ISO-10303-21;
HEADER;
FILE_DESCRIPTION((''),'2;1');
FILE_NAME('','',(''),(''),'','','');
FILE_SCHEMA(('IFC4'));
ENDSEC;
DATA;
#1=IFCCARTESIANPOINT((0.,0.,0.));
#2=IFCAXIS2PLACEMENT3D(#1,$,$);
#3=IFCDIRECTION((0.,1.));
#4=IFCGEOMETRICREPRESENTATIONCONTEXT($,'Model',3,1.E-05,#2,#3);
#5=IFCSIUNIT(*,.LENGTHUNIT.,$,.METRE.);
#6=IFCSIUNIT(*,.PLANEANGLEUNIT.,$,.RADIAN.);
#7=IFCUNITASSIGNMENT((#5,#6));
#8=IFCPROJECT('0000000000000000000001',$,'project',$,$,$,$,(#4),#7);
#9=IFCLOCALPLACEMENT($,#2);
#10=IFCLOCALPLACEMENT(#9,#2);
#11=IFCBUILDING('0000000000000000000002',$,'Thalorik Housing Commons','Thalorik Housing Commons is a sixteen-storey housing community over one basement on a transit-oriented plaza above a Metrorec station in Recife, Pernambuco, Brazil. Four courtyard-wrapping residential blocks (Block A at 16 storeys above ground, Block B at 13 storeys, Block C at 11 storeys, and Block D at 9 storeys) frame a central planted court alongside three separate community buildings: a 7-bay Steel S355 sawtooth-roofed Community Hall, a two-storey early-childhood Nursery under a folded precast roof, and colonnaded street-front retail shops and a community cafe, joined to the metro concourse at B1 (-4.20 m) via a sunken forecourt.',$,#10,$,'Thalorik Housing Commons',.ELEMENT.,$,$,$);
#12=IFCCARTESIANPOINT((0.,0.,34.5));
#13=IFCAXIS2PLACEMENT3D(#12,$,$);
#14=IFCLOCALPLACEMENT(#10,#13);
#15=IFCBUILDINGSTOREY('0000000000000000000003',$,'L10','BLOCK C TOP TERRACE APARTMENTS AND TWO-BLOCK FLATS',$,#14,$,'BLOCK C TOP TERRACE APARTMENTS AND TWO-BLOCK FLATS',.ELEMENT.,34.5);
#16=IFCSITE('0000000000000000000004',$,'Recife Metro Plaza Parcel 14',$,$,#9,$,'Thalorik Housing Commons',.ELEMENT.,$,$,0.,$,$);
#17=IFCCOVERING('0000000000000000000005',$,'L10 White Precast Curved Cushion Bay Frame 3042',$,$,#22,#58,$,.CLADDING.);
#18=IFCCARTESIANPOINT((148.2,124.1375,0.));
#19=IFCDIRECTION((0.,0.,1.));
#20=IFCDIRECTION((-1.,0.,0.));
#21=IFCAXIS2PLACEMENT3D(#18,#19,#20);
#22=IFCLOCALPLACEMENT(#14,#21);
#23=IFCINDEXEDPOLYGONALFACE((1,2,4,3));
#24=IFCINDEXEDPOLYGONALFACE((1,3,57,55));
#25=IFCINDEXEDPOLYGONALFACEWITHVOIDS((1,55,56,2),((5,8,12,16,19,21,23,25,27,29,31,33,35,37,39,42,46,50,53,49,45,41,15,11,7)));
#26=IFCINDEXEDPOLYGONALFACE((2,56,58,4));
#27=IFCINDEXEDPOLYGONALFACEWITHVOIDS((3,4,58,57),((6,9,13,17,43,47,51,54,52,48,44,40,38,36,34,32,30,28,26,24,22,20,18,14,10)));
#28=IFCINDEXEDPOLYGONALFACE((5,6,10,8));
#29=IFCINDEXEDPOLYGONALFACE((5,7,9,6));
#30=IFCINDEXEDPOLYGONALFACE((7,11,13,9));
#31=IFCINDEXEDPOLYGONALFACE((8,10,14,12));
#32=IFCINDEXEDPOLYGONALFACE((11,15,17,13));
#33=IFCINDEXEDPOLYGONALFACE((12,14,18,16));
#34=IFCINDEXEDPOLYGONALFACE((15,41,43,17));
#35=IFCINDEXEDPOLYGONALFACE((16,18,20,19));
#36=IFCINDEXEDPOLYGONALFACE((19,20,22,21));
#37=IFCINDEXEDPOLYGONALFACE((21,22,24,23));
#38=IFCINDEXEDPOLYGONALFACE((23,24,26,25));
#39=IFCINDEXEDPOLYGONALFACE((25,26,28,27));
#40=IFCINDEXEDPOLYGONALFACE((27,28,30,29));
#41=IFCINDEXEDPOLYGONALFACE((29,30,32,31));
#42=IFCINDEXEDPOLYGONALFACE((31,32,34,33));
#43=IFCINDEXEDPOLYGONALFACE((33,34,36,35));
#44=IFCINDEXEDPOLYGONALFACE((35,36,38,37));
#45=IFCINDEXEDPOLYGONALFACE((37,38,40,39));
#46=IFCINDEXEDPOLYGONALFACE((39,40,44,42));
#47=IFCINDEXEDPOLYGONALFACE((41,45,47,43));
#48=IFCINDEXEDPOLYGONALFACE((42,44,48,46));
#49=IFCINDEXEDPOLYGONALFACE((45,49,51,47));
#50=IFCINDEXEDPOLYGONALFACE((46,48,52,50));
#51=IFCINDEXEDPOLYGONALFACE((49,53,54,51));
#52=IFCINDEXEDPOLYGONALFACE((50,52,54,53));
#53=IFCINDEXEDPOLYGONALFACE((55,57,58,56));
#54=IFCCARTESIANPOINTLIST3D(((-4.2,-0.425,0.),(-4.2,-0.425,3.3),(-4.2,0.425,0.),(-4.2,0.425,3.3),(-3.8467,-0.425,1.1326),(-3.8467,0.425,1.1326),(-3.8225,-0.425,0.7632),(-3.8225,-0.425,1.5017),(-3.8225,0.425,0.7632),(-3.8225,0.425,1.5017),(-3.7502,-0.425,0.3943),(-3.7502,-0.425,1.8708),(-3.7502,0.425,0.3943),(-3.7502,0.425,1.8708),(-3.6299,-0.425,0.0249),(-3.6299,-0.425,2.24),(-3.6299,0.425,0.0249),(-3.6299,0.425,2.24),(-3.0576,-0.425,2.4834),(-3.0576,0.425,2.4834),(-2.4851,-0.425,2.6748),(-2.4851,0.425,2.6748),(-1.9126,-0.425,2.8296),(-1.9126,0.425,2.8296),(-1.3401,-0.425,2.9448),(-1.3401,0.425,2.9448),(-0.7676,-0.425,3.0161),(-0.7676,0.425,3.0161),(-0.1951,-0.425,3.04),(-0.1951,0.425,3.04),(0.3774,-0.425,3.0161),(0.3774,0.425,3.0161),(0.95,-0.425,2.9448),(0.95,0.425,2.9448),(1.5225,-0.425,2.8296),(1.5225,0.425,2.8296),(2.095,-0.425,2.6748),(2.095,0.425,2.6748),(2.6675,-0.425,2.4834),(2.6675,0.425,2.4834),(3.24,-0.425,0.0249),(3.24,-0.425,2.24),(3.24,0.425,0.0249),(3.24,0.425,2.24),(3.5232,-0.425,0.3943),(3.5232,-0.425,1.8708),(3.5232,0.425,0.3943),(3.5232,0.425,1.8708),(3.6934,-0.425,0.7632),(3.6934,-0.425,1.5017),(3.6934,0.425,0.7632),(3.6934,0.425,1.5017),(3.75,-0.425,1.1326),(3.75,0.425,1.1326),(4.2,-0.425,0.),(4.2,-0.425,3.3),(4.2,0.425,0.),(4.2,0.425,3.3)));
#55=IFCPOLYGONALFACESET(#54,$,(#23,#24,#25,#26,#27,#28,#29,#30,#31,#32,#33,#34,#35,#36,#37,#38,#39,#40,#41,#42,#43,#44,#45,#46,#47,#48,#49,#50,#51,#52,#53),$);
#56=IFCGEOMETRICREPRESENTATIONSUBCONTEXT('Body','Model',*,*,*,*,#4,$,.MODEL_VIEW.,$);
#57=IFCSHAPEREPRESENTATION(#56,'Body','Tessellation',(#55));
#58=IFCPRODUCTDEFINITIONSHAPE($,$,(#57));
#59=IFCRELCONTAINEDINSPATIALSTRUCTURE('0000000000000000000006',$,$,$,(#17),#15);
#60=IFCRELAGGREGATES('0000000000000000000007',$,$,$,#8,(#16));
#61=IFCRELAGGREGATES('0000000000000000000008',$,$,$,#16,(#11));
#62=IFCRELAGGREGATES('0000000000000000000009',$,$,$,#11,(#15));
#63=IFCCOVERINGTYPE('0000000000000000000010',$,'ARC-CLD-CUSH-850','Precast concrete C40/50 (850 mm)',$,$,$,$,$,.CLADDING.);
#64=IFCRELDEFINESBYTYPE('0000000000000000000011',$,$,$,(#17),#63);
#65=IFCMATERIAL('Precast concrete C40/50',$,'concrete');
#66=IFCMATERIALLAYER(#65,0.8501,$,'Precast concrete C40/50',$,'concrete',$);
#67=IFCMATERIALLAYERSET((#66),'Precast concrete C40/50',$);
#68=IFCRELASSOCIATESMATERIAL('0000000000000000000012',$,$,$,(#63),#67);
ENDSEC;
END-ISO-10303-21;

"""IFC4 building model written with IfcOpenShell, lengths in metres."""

from ifc_helpers import new_model, si_unit, direction, frame, origin, place, context, subcontext, project, spatial, polyline, outline, extrude, material, layer, layer_set, type_object, element, save


model = new_model("IFC4")

# Units and contexts
model_context = context("Model", 3, precision=1e-05, world=origin(), true_north=direction((0.0, 1.0)))
body_context = subcontext(model_context, "Body", "Model", "MODEL_VIEW")
ifc_project = project(units=[si_unit("LENGTHUNIT", "METRE"), si_unit("PLANEANGLEUNIT", "RADIAN")], contexts=[model_context])

# Site, building, storey
site_placement = place(None, origin())
site = spatial("IfcSite", under=ifc_project, at=site_placement, Name="Recife Metro Plaza Parcel 14", LongName="Thalorik Housing Commons", CompositionType="ELEMENT", RefElevation=0.0)
building_placement = place(site_placement, origin())
building = spatial("IfcBuilding", under=site, at=building_placement, Name="Thalorik Housing Commons", Description="Thalorik Housing Commons is a sixteen-storey housing community over one basement on a transit-oriented plaza above a Metrorec station in Recife, Pernambuco, Brazil. Four courtyard-wrapping residential blocks (Block A at 16 storeys above ground, Block B at 13 storeys, Block C at 11 storeys, and Block D at 9 storeys) frame a central planted court alongside three separate community buildings: a 7-bay Steel S355 sawtooth-roofed Community Hall, a two-storey early-childhood Nursery under a folded precast roof, and colonnaded street-front retail shops and a community cafe, joined to the metro concourse at B1 (-4.20 m) via a sunken forecourt.", LongName="Thalorik Housing Commons", CompositionType="ELEMENT")
storey_placement = place(building_placement, frame((0.0, 0.0, 34.5)))
storey = spatial("IfcBuildingStorey", under=building, at=storey_placement, Name="L10", Description="BLOCK C TOP TERRACE APARTMENTS AND TWO-BLOCK FLATS", LongName="BLOCK C TOP TERRACE APARTMENTS AND TWO-BLOCK FLATS", CompositionType="ELEMENT", Elevation=34.5)

# Shared definitions
ifc_material_1 = material(Name="Precast concrete C40/50", Category="concrete")

# Covering
ifc_layer_1 = layer(ifc_material_1, 0.8501, Name="Precast concrete C40/50", Category="concrete")
ifc_layer_set_1 = layer_set([ifc_layer_1], Name="Precast concrete C40/50")
covering_type_1 = type_object("IfcCoveringType", Name="ARC-CLD-CUSH-850", Description="Precast concrete C40/50 (850 mm)", PredefinedType="CLADDING", material=ifc_layer_set_1)
covering_1_placement = place(storey_placement, frame((148.2, 124.1375, 0.0), z_axis=(0.0, 0.0, 1.0), x_axis=(-1.0, 0.0, 0.0)))
element("IfcCovering", 1, at=covering_1_placement, inside=storey, type_object=covering_type_1, Name="L10 White Precast Curved Cushion Bay Frame 3042", PredefinedType="CLADDING", context=body_context, shape_type="SweptSolid", body=[
    extrude(outline(polyline([(-4.2, 0.0), (4.2, 0.0), (4.2, 3.3), (-4.2, 3.3), (-4.2, 0.0)]), holes=[polyline([(3.24, 0.0249), (3.5232, 0.3943), (3.6934, 0.7632), (3.75, 1.1326), (3.6934, 1.5017), (3.5232, 1.8708), (3.24, 2.24), (2.6675, 2.4834), (2.095, 2.6748), (1.5225, 2.8296), (0.95, 2.9448), (0.3774, 3.0161), (-0.1951, 3.04), (-0.7676, 3.0161), (-1.3401, 2.9448), (-1.9126, 2.8296), (-2.4851, 2.6748), (-3.0576, 2.4834), (-3.6299, 2.24), (-3.7502, 1.8708), (-3.8225, 1.5017), (-3.8467, 1.1326), (-3.8225, 0.7632), (-3.7502, 0.3943), (-3.6299, 0.0249), (3.24, 0.0249)])]), frame((0.0, 0.425, 0.0), z_axis=(0.0, -1.0, 0.0), x_axis=(1.0, 0.0, 0.0)), (0.0, 0.0, 1.0), 0.8501),
])

save(model, "model.ifc")
